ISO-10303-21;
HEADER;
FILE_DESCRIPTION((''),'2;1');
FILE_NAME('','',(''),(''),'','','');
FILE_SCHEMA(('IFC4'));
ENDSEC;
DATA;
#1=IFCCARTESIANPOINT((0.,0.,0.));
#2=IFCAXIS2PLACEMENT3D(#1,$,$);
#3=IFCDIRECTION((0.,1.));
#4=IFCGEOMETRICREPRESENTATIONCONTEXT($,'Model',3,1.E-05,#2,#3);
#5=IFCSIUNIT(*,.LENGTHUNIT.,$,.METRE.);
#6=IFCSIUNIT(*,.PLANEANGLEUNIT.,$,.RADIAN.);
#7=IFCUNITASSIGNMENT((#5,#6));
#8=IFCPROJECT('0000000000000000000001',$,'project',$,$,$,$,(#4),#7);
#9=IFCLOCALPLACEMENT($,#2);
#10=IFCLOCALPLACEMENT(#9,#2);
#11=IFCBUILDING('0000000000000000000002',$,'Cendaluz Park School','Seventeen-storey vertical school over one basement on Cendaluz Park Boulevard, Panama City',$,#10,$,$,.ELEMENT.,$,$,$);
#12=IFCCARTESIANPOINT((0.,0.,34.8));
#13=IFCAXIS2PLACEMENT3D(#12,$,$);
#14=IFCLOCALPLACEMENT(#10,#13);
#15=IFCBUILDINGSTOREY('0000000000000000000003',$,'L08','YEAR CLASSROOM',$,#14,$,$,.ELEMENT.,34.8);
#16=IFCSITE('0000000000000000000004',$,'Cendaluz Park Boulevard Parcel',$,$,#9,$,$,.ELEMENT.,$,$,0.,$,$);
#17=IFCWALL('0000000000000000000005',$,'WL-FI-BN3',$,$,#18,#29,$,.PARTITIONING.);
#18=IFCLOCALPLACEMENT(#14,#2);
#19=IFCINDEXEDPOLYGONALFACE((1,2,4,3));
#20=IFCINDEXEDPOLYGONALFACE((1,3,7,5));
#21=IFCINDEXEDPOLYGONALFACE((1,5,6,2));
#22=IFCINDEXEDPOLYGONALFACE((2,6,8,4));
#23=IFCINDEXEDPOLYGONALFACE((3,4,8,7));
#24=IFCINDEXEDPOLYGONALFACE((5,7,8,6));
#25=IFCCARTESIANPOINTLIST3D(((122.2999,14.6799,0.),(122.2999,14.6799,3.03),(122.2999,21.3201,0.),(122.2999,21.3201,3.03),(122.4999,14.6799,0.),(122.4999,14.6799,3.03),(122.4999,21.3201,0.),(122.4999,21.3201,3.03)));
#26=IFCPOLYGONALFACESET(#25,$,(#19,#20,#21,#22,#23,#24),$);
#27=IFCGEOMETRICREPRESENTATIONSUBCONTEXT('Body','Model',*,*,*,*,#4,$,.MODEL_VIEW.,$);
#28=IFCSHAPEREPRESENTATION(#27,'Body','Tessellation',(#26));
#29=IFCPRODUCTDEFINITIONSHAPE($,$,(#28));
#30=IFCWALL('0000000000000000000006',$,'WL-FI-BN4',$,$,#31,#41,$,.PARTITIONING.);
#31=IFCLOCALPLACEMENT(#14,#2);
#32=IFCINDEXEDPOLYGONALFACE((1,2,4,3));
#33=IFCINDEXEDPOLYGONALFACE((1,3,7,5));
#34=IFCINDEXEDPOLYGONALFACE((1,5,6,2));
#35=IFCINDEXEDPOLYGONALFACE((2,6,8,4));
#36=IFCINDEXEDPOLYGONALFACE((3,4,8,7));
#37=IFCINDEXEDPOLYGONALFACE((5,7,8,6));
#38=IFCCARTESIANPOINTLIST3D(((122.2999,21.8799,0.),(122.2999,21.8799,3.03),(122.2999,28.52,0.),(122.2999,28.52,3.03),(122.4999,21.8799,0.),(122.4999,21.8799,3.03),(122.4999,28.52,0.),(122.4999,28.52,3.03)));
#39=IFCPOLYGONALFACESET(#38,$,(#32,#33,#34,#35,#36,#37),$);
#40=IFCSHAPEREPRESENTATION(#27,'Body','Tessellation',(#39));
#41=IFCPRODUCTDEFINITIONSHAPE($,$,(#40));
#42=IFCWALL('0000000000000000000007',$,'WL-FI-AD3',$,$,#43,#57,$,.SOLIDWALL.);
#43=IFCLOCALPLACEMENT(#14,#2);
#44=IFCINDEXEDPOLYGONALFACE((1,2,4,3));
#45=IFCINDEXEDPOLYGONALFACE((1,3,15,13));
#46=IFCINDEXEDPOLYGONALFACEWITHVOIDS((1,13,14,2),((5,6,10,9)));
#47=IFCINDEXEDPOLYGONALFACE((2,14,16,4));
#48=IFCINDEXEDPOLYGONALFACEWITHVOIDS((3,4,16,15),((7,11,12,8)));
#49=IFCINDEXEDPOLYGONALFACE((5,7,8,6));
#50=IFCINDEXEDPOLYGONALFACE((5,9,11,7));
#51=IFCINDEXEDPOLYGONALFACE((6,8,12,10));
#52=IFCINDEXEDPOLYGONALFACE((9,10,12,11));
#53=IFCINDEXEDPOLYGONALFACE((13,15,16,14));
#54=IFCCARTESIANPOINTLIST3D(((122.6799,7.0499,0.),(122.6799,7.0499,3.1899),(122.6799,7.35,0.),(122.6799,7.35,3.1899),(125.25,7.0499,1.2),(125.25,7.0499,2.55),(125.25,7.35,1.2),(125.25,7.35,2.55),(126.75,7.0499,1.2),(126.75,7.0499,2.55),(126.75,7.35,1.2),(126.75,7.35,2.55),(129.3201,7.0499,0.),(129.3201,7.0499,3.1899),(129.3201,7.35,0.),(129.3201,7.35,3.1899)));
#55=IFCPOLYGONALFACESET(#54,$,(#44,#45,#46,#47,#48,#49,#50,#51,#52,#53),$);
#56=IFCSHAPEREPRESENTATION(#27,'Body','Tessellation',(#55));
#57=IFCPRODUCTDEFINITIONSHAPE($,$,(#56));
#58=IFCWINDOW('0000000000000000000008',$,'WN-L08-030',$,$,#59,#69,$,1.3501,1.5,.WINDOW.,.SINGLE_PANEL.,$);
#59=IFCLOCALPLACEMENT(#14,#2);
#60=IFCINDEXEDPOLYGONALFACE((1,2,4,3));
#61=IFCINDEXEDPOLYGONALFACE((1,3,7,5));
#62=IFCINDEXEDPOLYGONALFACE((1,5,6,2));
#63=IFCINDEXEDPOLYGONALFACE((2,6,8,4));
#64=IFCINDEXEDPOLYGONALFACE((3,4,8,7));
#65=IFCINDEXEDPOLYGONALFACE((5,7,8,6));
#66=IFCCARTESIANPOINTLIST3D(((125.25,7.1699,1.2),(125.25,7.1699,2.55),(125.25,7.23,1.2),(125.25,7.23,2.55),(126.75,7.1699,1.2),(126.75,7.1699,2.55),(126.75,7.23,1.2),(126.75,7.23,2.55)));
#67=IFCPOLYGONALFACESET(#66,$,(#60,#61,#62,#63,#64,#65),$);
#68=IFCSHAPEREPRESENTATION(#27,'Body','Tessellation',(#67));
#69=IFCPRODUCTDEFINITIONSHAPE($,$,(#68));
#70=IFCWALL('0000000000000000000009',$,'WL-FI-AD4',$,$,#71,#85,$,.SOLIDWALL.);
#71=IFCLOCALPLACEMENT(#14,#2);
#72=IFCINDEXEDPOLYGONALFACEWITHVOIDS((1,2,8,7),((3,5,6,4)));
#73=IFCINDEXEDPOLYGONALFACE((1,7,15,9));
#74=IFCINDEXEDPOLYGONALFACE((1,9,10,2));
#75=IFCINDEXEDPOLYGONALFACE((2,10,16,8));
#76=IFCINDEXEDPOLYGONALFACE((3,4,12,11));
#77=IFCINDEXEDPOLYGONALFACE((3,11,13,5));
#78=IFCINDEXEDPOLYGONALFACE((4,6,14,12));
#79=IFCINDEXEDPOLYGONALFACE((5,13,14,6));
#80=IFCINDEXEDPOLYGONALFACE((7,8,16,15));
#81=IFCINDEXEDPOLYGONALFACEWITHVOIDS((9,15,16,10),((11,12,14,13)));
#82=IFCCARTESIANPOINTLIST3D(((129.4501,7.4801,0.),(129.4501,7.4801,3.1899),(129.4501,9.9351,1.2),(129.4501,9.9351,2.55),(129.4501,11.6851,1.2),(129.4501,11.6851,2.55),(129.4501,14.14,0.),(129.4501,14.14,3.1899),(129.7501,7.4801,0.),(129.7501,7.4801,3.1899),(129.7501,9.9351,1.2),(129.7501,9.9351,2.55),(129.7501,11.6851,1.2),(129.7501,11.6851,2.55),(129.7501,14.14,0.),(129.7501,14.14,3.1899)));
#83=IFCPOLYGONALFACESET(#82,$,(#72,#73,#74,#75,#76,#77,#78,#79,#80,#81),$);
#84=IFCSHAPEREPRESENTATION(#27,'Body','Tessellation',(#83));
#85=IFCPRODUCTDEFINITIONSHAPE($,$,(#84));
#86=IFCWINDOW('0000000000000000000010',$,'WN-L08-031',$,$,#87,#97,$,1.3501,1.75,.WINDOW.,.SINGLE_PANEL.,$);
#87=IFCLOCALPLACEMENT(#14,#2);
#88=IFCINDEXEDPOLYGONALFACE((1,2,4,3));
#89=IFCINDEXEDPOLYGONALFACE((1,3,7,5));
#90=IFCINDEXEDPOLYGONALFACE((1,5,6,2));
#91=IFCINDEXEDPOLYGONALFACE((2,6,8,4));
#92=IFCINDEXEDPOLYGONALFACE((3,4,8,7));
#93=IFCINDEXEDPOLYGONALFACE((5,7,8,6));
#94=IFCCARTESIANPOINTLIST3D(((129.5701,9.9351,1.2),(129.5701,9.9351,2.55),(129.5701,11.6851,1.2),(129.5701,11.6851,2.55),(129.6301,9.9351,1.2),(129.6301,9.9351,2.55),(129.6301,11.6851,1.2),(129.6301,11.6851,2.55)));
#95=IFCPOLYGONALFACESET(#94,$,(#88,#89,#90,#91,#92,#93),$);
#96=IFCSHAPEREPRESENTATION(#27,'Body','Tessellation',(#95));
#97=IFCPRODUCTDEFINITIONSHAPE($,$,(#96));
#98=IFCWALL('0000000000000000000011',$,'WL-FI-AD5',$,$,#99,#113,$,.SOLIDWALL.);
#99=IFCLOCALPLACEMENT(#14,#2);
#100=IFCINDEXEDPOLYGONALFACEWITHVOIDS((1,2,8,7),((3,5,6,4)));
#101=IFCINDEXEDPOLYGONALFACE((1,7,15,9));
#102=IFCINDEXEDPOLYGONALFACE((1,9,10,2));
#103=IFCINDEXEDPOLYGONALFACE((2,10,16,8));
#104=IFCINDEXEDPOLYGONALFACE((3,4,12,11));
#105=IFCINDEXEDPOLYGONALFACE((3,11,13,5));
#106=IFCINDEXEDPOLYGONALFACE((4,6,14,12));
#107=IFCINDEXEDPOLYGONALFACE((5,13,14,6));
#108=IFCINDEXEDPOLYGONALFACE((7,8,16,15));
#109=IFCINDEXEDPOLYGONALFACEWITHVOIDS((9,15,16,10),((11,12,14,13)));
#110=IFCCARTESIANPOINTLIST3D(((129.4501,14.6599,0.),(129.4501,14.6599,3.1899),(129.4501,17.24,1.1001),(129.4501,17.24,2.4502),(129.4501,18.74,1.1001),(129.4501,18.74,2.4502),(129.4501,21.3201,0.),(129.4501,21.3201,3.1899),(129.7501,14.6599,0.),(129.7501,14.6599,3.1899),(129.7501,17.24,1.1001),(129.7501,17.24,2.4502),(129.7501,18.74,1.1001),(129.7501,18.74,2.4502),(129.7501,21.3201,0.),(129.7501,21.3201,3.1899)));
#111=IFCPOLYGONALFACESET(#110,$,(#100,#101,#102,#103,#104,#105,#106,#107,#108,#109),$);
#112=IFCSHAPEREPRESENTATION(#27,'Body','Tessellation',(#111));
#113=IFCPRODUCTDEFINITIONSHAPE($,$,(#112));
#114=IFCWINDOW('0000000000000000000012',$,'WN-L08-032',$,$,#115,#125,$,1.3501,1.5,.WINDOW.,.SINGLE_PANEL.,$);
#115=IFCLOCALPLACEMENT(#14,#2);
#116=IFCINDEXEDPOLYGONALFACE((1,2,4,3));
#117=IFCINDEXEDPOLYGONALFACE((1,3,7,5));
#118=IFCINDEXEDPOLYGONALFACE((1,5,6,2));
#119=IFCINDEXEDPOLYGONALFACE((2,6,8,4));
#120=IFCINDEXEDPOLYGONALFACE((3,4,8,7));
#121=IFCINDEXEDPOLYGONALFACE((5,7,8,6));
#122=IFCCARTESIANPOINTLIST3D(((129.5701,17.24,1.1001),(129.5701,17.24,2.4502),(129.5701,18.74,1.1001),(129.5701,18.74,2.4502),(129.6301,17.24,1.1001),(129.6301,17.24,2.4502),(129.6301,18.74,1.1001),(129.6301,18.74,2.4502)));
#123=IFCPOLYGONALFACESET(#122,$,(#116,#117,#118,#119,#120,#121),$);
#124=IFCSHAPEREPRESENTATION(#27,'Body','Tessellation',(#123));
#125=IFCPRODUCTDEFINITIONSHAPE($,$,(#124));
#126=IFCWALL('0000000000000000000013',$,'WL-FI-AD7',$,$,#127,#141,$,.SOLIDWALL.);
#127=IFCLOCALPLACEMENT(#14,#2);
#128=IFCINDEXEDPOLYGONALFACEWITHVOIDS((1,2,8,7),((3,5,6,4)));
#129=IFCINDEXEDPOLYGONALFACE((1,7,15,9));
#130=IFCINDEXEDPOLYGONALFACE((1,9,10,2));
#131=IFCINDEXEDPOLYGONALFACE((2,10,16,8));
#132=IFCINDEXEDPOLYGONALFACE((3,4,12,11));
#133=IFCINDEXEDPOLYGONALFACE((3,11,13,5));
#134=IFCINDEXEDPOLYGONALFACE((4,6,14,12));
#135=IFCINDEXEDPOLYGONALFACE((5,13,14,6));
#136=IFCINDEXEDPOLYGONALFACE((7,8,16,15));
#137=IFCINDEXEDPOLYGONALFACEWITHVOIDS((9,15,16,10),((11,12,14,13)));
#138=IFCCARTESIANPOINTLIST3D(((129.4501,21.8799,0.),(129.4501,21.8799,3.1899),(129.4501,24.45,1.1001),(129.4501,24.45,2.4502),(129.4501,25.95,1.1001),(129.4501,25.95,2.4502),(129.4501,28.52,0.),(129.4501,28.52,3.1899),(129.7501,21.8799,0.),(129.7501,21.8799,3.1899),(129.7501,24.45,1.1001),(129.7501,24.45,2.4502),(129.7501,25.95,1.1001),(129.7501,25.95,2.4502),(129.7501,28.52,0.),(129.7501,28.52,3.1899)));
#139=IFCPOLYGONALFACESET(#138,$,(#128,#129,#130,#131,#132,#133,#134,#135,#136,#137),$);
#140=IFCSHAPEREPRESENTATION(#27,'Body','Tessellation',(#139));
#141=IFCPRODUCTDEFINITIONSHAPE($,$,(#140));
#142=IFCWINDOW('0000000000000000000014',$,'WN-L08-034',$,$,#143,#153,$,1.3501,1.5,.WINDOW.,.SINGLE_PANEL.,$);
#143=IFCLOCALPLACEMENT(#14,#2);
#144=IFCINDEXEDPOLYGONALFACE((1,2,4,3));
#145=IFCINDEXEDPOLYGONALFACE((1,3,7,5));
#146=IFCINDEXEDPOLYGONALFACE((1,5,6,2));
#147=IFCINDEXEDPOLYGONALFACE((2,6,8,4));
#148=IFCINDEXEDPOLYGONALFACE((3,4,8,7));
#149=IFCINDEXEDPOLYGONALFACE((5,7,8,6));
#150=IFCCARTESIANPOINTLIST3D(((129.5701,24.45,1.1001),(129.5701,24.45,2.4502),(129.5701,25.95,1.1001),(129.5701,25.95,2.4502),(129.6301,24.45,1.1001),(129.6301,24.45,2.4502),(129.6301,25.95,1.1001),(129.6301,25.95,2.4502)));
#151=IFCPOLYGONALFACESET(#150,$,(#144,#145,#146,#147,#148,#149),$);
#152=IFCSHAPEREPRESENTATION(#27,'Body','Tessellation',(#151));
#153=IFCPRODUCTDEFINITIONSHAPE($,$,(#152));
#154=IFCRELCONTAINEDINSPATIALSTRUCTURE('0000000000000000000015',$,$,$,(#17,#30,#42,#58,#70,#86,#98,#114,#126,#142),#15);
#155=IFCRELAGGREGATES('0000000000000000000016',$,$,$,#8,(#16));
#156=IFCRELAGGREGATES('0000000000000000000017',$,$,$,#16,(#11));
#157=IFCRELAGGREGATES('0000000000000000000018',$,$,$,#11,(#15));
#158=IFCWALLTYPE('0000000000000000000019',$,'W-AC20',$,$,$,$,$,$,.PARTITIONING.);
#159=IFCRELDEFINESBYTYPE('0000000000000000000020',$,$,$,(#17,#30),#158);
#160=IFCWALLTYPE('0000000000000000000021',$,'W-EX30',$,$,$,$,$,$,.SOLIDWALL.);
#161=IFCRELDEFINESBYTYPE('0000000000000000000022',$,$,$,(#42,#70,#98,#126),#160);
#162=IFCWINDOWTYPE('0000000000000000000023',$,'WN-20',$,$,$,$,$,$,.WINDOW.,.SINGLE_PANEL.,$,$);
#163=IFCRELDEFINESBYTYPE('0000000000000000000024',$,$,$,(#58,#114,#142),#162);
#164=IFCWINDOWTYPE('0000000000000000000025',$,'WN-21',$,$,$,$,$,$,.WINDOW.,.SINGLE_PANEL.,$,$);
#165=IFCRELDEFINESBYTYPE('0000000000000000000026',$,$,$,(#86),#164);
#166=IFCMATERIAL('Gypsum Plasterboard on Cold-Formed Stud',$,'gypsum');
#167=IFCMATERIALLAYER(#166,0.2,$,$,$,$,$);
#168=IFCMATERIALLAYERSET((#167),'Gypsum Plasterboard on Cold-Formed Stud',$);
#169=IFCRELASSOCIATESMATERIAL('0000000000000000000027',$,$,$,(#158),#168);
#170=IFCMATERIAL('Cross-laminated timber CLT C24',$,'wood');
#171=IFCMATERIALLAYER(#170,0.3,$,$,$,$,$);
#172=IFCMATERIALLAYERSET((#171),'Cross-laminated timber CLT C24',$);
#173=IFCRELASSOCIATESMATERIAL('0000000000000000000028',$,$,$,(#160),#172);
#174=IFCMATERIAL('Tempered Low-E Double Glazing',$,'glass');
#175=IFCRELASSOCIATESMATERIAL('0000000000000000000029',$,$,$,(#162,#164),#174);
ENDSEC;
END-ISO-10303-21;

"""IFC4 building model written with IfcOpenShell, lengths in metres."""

from ifc_helpers import new_model, si_unit, direction, frame, frame_2d, origin, place, context, subcontext, project, spatial, rectangle, extrude, material, layer, layer_set, type_object, element, fill, save


model = new_model("IFC4")

# Units and contexts
model_context = context("Model", 3, precision=1e-05, world=origin(), true_north=direction((0.0, 1.0)))
body_context = subcontext(model_context, "Body", "Model", "MODEL_VIEW")
ifc_project = project(units=[si_unit("LENGTHUNIT", "METRE"), si_unit("PLANEANGLEUNIT", "RADIAN")], contexts=[model_context])

# Site, building, storey
site_placement = place(None, origin())
site = spatial("IfcSite", under=ifc_project, at=site_placement, Name="Cendaluz Park Boulevard Parcel", CompositionType="ELEMENT", RefElevation=0.0)
building_placement = place(site_placement, origin())
building = spatial("IfcBuilding", under=site, at=building_placement, Name="Cendaluz Park School", Description="Seventeen-storey vertical school over one basement on Cendaluz Park Boulevard, Panama City", CompositionType="ELEMENT")
storey_placement = place(building_placement, frame((0.0, 0.0, 34.8)))
storey = spatial("IfcBuildingStorey", under=building, at=storey_placement, Name="L08", Description="YEAR CLASSROOM", CompositionType="ELEMENT", Elevation=34.8)

# Walls
ifc_material_1 = material(Name="Gypsum Plasterboard on Cold-Formed Stud", Category="gypsum")
ifc_layer_1 = layer(ifc_material_1, 0.2)
ifc_layer_set_1 = layer_set([ifc_layer_1], Name="Gypsum Plasterboard on Cold-Formed Stud")
wall_type_1 = type_object("IfcWallType", Name="W-AC20", PredefinedType="PARTITIONING", material=ifc_layer_set_1)
for number, where, z_axis, x_axis, name in (
    (1, (122.3999, 14.6799, 0.0), (0.0, 0.0, 1.0), (0.0, 1.0, 0.0), "WL-FI-BN3"),
    (2, (122.3999, 21.8799, 0.0), (0.0, 0.0, 1.0), (0.0, 1.0, 0.0), "WL-FI-BN4"),
):
    element("IfcWall", number, at=place(storey_placement, frame(where, z_axis=z_axis, x_axis=x_axis)), inside=storey, type_object=wall_type_1, Name=name, PredefinedType="PARTITIONING", context=body_context, shape_type="SweptSolid", body=[
        extrude(rectangle(XDim=6.6401, YDim=0.2, at=frame_2d((3.3201, 0.0))), origin(), (0.0, 0.0, 1.0), 3.03),
    ])

# Walls, openings, windows
ifc_material_2 = material(Name="Cross-laminated timber CLT C24", Category="wood")
ifc_layer_2 = layer(ifc_material_2, 0.3)
ifc_layer_set_2 = layer_set([ifc_layer_2], Name="Cross-laminated timber CLT C24")
wall_type_2 = type_object("IfcWallType", Name="W-EX30", PredefinedType="SOLIDWALL", material=ifc_layer_set_2)
wall_1_placement = place(storey_placement, frame((122.6799, 7.2, 0.0), z_axis=(0.0, 0.0, 1.0), x_axis=(1.0, 0.0, 0.0)))
wall_1 = element("IfcWall", 3, at=wall_1_placement, inside=storey, type_object=wall_type_2, Name="WL-FI-AD3", PredefinedType="SOLIDWALL", context=body_context, shape_type="SweptSolid", body=[
    extrude(rectangle(XDim=6.6401, YDim=0.3, at=frame_2d((3.3201, 0.0))), origin(), (0.0, 0.0, 1.0), 3.1899),
])
opening_1_placement = place(wall_1_placement, frame((2.5701, 0.0, 1.2)))
opening_1 = element("IfcOpeningElement", 4, at=opening_1_placement, cuts=wall_1, PredefinedType="OPENING", context=body_context, shape_type="SweptSolid", body=[
    extrude(rectangle(XDim=1.5, YDim=1.3501, at=frame_2d((0.75, 0.675))), frame((0.0, 0.1621, 0.0), z_axis=(0.0, -1.0, 0.0), x_axis=(1.0, 0.0, 0.0)), (0.0, 0.0, 1.0), 0.324),
])
ifc_material_3 = material(Name="Tempered Low-E Double Glazing", Category="glass")
window_type_1 = type_object("IfcWindowType", Name="WN-20", PartitioningType="SINGLE_PANEL", PredefinedType="WINDOW", material=ifc_material_3)
window_1_placement = place(opening_1_placement, origin())
window_1 = element("IfcWindow", 5, at=window_1_placement, inside=storey, type_object=window_type_1, Name="WN-L08-030", OverallHeight=1.3501, OverallWidth=1.5, PartitioningType="SINGLE_PANEL", PredefinedType="WINDOW", context=body_context, shape_type="SweptSolid", body=[
    extrude(rectangle(XDim=1.5, YDim=1.3501, at=frame_2d((0.75, 0.675))), frame((0.0, 0.03, 0.0), z_axis=(0.0, -1.0, 0.0), x_axis=(1.0, 0.0, 0.0)), (0.0, 0.0, 1.0), 0.0601),
])
fill(opening_1, window_1)
wall_2_placement = place(storey_placement, frame((129.6001, 7.48, 0.0), z_axis=(0.0, 0.0, 1.0), x_axis=(0.0, 1.0, 0.0)))
wall_2 = element("IfcWall", 6, at=wall_2_placement, inside=storey, type_object=wall_type_2, Name="WL-FI-AD4", PredefinedType="SOLIDWALL", context=body_context, shape_type="SweptSolid", body=[
    extrude(rectangle(XDim=6.6599, YDim=0.3, at=frame_2d((3.3301, 0.0))), origin(), (0.0, 0.0, 1.0), 3.1899),
])
opening_2_placement = place(wall_2_placement, frame((2.4551, 0.0, 1.2)))
opening_2 = element("IfcOpeningElement", 7, at=opening_2_placement, cuts=wall_2, PredefinedType="OPENING", context=body_context, shape_type="SweptSolid", body=[
    extrude(rectangle(XDim=1.75, YDim=1.3501, at=frame_2d((0.875, 0.675))), frame((0.0, 0.1621, 0.0), z_axis=(0.0, -1.0, 0.0), x_axis=(1.0, 0.0, 0.0)), (0.0, 0.0, 1.0), 0.324),
])
window_type_2 = type_object("IfcWindowType", Name="WN-21", PartitioningType="SINGLE_PANEL", PredefinedType="WINDOW", material=ifc_material_3)
window_2_placement = place(opening_2_placement, origin())
window_2 = element("IfcWindow", 8, at=window_2_placement, inside=storey, type_object=window_type_2, Name="WN-L08-031", OverallHeight=1.3501, OverallWidth=1.75, PartitioningType="SINGLE_PANEL", PredefinedType="WINDOW", context=body_context, shape_type="SweptSolid", body=[
    extrude(rectangle(XDim=1.75, YDim=1.3501, at=frame_2d((0.875, 0.675))), frame((0.0, 0.03, 0.0), z_axis=(0.0, -1.0, 0.0), x_axis=(1.0, 0.0, 0.0)), (0.0, 0.0, 1.0), 0.0601),
])
fill(opening_2, window_2)
wall_3_placement = place(storey_placement, frame((129.6001, 14.6599, 0.0), z_axis=(0.0, 0.0, 1.0), x_axis=(0.0, 1.0, 0.0)))
wall_3 = element("IfcWall", 9, at=wall_3_placement, inside=storey, type_object=wall_type_2, Name="WL-FI-AD5", PredefinedType="SOLIDWALL", context=body_context, shape_type="SweptSolid", body=[
    extrude(rectangle(XDim=6.6602, YDim=0.3, at=frame_2d((3.3301, 0.0))), origin(), (0.0, 0.0, 1.0), 3.1899),
])
opening_3_placement = place(wall_3_placement, frame((2.5801, 0.0, 1.1001)))
opening_3 = element("IfcOpeningElement", 10, at=opening_3_placement, cuts=wall_3, PredefinedType="OPENING", context=body_context, shape_type="SweptSolid", body=[
    extrude(rectangle(XDim=1.5, YDim=1.3501, at=frame_2d((0.75, 0.675))), frame((0.0, 0.1621, 0.0), z_axis=(0.0, -1.0, 0.0), x_axis=(1.0, 0.0, 0.0)), (0.0, 0.0, 1.0), 0.324),
])
window_3_placement = place(opening_3_placement, origin())
window_3 = element("IfcWindow", 11, at=window_3_placement, inside=storey, type_object=window_type_1, Name="WN-L08-032", OverallHeight=1.3501, OverallWidth=1.5, PartitioningType="SINGLE_PANEL", PredefinedType="WINDOW", context=body_context, shape_type="SweptSolid", body=[
    extrude(rectangle(XDim=1.5, YDim=1.3501, at=frame_2d((0.75, 0.675))), frame((0.0, 0.03, 0.0), z_axis=(0.0, -1.0, 0.0), x_axis=(1.0, 0.0, 0.0)), (0.0, 0.0, 1.0), 0.0601),
])
fill(opening_3, window_3)
wall_4_placement = place(storey_placement, frame((129.6001, 21.8799, 0.0), z_axis=(0.0, 0.0, 1.0), x_axis=(0.0, 1.0, 0.0)))
wall_4 = element("IfcWall", 12, at=wall_4_placement, inside=storey, type_object=wall_type_2, Name="WL-FI-AD7", PredefinedType="SOLIDWALL", context=body_context, shape_type="SweptSolid", body=[
    extrude(rectangle(XDim=6.6401, YDim=0.3, at=frame_2d((3.3201, 0.0))), origin(), (0.0, 0.0, 1.0), 3.1899),
])
opening_4_placement = place(wall_4_placement, frame((2.5701, 0.0, 1.1001)))
opening_4 = element("IfcOpeningElement", 13, at=opening_4_placement, cuts=wall_4, PredefinedType="OPENING", context=body_context, shape_type="SweptSolid", body=[
    extrude(rectangle(XDim=1.5, YDim=1.3501, at=frame_2d((0.75, 0.675))), frame((0.0, 0.1621, 0.0), z_axis=(0.0, -1.0, 0.0), x_axis=(1.0, 0.0, 0.0)), (0.0, 0.0, 1.0), 0.324),
])
window_4_placement = place(opening_4_placement, origin())
window_4 = element("IfcWindow", 14, at=window_4_placement, inside=storey, type_object=window_type_1, Name="WN-L08-034", OverallHeight=1.3501, OverallWidth=1.5, PartitioningType="SINGLE_PANEL", PredefinedType="WINDOW", context=body_context, shape_type="SweptSolid", body=[
    extrude(rectangle(XDim=1.5, YDim=1.3501, at=frame_2d((0.75, 0.675))), frame((0.0, 0.03, 0.0), z_axis=(0.0, -1.0, 0.0), x_axis=(1.0, 0.0, 0.0)), (0.0, 0.0, 1.0), 0.0601),
])
fill(opening_4, window_4)

save(model, "model.ifc")
